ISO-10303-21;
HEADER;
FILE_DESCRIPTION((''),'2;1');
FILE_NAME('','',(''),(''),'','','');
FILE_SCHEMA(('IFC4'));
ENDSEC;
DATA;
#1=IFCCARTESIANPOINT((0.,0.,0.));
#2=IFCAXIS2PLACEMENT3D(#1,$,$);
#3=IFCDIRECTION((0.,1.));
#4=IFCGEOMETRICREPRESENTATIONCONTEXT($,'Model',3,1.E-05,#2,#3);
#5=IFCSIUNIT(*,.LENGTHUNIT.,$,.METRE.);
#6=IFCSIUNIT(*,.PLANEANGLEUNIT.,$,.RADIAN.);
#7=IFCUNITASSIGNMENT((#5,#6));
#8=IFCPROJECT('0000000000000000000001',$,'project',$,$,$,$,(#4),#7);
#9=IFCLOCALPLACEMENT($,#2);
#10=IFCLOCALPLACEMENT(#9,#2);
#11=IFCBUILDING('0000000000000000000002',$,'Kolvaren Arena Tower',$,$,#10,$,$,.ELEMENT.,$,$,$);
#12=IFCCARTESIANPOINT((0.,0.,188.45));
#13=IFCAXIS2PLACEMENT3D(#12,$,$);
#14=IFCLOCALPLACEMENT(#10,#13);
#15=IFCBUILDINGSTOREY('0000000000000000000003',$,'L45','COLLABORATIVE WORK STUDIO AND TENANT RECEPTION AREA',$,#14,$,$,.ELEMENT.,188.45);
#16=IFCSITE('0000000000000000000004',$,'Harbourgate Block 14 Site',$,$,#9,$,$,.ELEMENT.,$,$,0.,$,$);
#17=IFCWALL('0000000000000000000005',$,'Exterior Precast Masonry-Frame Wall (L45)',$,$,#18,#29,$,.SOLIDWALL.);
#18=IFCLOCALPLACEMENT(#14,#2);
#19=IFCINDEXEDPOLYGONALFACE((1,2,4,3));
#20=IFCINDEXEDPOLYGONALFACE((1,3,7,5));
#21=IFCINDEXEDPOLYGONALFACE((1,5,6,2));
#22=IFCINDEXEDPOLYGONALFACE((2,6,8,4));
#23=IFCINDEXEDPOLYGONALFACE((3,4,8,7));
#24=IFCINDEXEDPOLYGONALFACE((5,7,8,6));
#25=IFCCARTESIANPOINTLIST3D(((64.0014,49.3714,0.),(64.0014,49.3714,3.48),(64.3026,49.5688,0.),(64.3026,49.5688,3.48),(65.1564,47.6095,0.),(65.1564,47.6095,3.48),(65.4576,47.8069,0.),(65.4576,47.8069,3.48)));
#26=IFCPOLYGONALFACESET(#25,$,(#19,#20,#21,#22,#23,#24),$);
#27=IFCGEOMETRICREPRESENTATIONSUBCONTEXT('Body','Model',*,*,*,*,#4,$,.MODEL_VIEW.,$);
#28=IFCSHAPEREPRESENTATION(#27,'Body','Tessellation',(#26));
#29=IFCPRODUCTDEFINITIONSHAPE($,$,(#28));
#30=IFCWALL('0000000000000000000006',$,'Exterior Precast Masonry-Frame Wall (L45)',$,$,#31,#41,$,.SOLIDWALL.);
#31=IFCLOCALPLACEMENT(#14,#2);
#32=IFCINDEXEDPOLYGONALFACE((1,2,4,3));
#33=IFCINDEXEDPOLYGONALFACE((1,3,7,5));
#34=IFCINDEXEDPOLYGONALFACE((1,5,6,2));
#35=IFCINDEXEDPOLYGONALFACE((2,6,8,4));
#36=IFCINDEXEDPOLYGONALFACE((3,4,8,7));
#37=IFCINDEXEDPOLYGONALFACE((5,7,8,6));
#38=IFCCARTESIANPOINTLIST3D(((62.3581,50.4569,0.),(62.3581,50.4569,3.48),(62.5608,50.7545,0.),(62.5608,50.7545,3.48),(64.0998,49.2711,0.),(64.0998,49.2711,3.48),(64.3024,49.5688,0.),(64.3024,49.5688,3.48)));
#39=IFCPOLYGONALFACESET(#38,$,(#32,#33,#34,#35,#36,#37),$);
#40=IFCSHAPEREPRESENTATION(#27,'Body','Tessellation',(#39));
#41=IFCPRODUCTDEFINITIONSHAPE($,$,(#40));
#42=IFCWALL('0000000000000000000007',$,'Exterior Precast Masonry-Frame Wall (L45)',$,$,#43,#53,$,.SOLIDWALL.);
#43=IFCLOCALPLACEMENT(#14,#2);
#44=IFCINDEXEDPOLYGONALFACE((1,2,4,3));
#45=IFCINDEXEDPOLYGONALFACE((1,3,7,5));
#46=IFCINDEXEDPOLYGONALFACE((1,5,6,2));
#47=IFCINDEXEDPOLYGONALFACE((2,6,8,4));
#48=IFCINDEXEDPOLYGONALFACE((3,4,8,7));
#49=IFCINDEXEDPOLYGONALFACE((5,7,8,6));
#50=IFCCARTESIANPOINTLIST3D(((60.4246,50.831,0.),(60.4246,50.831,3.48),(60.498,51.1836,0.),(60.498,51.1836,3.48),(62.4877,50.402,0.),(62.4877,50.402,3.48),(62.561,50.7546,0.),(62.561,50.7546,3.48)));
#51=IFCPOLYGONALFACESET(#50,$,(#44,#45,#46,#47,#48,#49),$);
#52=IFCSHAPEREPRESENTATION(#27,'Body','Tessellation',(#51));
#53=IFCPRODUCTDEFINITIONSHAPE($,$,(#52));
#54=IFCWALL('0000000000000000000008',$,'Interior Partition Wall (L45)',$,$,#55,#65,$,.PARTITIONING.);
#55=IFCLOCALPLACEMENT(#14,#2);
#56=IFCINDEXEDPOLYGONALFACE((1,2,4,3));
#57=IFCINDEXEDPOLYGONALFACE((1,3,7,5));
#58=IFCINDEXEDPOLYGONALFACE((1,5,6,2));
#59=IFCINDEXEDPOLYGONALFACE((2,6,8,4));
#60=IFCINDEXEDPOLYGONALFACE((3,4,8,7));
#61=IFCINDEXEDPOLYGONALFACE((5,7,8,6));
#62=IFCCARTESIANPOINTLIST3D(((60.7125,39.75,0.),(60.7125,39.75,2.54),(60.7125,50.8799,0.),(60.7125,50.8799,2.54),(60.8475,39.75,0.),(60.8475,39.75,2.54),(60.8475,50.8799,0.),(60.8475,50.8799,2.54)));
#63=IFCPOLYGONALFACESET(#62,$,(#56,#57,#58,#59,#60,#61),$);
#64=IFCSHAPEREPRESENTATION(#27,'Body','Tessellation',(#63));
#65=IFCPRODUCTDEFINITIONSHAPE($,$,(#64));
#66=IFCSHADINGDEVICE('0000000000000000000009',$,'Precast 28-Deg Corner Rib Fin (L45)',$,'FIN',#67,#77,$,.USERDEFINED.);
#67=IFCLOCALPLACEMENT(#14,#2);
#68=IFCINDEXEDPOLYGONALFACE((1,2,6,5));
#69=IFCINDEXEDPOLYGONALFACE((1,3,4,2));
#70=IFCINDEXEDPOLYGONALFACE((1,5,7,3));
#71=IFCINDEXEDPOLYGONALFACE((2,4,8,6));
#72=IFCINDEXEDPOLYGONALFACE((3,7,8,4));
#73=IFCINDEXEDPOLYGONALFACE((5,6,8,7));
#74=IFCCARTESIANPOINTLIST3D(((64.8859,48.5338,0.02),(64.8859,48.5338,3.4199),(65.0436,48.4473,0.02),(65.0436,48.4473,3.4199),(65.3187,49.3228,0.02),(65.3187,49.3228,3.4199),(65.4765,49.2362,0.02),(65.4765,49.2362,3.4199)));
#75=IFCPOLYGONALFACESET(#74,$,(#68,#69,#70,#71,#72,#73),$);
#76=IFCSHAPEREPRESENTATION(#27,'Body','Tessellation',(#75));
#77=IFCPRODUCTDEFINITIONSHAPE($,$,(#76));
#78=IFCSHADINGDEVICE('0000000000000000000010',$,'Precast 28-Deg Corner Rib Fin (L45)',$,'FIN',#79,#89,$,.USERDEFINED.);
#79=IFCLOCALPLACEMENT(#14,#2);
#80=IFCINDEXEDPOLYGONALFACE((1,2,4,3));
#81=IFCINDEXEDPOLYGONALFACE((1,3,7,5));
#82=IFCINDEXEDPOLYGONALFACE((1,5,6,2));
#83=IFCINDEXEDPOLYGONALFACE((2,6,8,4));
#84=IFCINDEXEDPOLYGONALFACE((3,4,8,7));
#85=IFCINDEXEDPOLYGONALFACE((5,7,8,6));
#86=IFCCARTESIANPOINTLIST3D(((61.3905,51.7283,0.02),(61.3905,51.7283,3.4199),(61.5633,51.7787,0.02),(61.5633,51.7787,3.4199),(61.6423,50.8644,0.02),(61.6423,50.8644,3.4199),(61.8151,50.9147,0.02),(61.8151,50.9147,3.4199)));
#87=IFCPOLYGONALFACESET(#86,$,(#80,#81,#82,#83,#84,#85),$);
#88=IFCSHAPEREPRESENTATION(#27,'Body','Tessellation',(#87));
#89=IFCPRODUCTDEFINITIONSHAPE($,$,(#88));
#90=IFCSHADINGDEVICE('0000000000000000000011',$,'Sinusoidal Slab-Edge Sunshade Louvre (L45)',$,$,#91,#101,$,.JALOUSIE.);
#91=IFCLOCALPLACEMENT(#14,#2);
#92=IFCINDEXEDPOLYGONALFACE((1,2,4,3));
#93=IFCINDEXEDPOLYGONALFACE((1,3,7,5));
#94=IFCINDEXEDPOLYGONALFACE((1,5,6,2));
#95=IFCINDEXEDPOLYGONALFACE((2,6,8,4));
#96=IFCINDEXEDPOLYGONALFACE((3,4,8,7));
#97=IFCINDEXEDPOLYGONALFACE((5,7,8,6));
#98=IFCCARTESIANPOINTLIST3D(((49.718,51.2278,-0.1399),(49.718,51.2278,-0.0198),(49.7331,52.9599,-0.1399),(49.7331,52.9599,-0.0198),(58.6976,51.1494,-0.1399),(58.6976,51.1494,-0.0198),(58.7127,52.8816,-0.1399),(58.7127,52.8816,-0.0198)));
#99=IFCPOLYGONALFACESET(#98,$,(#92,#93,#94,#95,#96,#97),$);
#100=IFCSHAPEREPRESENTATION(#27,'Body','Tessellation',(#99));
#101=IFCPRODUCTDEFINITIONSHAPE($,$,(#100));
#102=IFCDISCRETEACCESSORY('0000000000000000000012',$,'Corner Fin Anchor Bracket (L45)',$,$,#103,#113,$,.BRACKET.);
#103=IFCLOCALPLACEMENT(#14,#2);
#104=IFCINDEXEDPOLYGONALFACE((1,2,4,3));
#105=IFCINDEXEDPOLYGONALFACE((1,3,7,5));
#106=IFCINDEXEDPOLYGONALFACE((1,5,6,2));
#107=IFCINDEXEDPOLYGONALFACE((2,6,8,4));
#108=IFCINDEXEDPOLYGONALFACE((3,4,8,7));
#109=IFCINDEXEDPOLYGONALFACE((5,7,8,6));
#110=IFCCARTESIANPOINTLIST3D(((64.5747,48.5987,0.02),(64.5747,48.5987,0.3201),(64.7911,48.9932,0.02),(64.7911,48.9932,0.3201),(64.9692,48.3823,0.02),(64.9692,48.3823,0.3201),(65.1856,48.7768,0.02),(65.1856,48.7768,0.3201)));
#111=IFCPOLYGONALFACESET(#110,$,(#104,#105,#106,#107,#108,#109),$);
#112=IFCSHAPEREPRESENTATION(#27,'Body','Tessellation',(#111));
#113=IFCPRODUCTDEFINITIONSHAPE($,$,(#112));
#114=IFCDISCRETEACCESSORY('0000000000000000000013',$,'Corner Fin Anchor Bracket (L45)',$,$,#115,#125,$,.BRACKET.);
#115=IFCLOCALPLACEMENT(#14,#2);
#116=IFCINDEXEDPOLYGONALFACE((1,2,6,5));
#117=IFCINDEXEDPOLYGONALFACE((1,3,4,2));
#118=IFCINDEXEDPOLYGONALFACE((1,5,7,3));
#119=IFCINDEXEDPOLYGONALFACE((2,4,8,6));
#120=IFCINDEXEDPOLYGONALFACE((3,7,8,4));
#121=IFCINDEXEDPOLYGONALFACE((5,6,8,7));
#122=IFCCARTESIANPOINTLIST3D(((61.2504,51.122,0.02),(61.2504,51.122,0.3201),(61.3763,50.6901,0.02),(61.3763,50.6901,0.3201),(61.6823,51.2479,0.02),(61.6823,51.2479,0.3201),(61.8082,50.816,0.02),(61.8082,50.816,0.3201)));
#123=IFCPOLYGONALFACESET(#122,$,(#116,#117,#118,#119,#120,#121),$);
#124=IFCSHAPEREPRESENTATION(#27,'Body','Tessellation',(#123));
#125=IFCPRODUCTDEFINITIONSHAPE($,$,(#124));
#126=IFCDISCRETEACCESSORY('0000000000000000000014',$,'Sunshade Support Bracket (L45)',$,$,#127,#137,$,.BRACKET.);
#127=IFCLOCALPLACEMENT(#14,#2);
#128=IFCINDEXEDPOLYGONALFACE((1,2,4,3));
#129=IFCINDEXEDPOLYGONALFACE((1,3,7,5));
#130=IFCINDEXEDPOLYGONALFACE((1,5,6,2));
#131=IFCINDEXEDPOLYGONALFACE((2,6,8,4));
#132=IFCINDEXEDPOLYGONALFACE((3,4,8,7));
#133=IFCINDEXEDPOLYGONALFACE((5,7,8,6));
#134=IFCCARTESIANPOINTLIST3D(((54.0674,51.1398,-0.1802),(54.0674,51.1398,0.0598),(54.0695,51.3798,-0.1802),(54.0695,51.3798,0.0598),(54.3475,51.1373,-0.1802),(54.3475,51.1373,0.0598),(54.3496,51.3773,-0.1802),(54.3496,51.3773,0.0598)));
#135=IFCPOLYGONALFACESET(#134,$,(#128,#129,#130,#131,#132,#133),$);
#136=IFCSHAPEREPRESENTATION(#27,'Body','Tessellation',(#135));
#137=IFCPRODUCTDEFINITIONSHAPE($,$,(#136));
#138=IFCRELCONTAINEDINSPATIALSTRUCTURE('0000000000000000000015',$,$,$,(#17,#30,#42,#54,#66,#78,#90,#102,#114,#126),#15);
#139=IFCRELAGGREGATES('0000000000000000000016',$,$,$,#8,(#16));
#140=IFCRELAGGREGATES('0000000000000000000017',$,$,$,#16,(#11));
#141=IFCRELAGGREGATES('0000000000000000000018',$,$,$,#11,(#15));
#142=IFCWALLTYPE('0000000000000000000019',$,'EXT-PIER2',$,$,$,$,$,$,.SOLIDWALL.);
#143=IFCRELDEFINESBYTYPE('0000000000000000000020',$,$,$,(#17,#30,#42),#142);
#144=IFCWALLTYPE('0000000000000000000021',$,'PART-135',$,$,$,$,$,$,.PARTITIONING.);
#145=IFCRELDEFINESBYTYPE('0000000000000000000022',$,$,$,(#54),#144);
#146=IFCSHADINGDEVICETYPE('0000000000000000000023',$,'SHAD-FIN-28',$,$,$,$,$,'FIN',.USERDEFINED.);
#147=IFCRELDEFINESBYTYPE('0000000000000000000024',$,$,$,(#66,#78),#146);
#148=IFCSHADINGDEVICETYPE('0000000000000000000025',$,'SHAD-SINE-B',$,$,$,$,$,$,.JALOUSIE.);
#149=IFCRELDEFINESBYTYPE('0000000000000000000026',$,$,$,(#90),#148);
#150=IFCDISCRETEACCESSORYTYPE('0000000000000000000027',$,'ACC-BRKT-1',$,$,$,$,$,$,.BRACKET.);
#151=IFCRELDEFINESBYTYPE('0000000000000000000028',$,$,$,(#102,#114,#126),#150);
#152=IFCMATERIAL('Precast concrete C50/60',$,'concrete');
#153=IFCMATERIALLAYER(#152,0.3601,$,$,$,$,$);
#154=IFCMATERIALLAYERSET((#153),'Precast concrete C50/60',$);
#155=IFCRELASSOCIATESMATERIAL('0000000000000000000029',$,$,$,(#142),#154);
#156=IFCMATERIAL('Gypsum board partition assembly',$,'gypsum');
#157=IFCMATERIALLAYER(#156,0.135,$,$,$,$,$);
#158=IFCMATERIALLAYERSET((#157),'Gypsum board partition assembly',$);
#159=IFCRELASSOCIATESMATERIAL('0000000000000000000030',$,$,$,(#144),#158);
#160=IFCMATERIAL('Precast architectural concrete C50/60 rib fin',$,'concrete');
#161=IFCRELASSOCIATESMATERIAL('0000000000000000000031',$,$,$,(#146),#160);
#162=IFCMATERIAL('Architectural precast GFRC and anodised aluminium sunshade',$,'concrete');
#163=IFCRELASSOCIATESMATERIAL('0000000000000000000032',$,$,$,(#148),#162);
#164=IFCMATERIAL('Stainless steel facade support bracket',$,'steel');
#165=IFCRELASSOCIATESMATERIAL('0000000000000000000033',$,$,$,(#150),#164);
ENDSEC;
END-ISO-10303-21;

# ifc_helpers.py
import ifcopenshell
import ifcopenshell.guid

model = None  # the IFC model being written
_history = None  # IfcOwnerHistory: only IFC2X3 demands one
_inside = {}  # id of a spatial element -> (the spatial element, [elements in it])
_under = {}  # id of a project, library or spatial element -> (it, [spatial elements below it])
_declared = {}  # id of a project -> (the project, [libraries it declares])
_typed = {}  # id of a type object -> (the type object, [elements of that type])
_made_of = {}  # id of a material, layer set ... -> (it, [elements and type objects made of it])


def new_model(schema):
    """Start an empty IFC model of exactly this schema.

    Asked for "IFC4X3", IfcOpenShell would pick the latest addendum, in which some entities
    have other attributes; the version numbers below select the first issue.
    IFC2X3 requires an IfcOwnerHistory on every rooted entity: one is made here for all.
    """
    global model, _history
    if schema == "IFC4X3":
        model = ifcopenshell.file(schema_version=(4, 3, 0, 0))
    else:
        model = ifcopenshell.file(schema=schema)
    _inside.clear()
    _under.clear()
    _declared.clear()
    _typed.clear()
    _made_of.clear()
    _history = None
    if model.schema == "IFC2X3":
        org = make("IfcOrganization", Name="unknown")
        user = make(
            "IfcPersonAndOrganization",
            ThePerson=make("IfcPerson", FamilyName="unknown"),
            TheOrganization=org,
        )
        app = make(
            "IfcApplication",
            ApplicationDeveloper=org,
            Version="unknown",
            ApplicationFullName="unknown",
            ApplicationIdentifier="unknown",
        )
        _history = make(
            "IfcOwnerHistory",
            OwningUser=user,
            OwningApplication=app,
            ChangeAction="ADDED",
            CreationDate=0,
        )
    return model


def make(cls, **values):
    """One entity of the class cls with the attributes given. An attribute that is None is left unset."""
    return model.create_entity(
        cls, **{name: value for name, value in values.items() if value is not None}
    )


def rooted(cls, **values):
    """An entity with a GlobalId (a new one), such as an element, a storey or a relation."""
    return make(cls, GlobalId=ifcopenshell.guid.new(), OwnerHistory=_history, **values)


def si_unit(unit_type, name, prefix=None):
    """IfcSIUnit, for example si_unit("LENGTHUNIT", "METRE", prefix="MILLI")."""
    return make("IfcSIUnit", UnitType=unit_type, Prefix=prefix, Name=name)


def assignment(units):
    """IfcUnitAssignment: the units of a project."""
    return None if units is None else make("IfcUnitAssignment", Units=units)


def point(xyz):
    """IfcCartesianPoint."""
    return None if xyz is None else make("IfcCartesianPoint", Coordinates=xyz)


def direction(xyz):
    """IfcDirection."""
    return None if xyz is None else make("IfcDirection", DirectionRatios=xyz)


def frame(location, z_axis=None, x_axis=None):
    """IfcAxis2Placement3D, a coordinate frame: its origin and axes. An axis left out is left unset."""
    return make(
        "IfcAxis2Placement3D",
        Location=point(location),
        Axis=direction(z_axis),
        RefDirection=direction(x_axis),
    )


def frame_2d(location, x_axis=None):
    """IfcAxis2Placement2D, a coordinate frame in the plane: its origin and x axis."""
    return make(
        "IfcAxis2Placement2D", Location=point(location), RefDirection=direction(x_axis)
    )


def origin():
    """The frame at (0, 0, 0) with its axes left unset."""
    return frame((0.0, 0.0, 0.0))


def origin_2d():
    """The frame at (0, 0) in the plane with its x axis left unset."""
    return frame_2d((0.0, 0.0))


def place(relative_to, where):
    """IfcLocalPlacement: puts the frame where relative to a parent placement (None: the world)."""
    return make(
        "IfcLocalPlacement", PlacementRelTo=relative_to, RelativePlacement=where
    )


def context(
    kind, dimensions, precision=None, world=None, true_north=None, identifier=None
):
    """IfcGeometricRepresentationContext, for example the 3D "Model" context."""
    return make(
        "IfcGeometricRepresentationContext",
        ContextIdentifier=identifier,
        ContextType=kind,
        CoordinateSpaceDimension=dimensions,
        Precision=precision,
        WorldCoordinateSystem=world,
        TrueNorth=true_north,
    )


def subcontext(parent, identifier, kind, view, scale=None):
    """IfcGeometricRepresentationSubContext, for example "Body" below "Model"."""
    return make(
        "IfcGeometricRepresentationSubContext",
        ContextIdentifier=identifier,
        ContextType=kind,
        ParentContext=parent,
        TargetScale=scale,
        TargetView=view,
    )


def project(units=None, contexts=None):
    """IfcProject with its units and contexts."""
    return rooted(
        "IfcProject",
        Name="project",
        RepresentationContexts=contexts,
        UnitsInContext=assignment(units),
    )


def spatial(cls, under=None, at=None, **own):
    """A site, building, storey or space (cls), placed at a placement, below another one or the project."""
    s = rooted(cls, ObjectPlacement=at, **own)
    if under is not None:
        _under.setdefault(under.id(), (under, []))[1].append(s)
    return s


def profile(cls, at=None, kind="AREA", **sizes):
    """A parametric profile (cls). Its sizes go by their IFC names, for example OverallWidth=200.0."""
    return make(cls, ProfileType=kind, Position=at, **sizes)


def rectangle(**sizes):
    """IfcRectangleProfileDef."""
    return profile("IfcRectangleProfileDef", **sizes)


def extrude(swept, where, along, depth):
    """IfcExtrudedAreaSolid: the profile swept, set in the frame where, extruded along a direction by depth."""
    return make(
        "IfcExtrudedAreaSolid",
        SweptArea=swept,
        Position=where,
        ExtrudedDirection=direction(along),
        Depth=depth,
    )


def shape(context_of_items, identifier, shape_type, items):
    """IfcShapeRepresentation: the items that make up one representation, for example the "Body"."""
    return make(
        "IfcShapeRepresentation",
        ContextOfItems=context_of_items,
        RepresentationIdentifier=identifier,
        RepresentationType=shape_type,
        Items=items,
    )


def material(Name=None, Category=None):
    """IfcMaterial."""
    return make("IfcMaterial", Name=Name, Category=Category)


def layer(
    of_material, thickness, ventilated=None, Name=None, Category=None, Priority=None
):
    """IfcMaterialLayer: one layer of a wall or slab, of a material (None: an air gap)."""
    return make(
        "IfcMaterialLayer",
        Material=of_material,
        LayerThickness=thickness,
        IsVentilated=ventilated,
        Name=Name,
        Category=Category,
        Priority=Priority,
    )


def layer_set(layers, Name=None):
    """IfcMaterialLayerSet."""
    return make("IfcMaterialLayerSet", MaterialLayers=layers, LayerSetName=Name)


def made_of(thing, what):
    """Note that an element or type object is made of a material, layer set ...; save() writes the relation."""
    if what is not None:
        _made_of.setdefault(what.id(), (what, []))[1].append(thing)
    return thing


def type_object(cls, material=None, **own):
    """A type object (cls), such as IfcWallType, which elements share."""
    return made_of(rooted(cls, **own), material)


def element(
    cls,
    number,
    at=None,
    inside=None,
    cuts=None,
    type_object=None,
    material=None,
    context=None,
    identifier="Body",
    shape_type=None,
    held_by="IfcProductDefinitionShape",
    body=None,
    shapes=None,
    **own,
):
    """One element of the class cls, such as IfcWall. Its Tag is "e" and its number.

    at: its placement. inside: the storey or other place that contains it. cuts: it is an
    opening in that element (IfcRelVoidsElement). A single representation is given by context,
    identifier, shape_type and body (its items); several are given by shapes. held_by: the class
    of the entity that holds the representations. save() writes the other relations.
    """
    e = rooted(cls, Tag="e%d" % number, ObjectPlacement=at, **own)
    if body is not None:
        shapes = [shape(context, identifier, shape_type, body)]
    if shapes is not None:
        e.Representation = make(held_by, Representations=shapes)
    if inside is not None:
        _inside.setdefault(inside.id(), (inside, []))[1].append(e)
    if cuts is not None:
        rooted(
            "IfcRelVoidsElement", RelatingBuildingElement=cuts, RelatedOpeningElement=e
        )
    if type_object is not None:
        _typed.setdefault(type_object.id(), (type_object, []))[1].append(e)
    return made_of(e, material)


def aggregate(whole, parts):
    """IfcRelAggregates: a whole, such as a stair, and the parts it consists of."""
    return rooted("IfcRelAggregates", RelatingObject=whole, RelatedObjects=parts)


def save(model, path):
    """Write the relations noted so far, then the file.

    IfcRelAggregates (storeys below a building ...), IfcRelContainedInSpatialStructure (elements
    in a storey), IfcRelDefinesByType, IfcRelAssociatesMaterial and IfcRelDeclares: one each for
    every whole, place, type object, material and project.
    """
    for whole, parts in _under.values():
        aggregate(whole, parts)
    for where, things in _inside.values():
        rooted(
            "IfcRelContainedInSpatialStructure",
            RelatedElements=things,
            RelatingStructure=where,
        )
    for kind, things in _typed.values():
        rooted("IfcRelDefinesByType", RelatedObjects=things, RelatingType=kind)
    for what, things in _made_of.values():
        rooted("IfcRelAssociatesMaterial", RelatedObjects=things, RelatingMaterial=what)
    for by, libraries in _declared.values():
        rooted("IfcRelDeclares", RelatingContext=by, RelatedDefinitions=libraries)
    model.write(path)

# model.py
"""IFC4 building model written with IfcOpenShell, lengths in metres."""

from ifc_helpers import new_model, si_unit, direction, frame, frame_2d, origin, origin_2d, place, context, subcontext, project, spatial, rectangle, extrude, material, layer, layer_set, type_object, element, save


model = new_model("IFC4")

# Units and contexts
model_context = context("Model", 3, precision=1e-05, world=origin(), true_north=direction((0.0, 1.0)))
body_context = subcontext(model_context, "Body", "Model", "MODEL_VIEW")
ifc_project = project(units=[si_unit("LENGTHUNIT", "METRE"), si_unit("PLANEANGLEUNIT", "RADIAN")], contexts=[model_context])

# Site, building, storey
site_placement = place(None, origin())
site = spatial("IfcSite", under=ifc_project, at=site_placement, Name="Harbourgate Block 14 Site", CompositionType="ELEMENT", RefElevation=0.0)
building_placement = place(site_placement, origin())
building = spatial("IfcBuilding", under=site, at=building_placement, Name="Kolvaren Arena Tower", CompositionType="ELEMENT")
storey_placement = place(building_placement, frame((0.0, 0.0, 188.45)))
storey = spatial("IfcBuildingStorey", under=building, at=storey_placement, Name="L45", Description="COLLABORATIVE WORK STUDIO AND TENANT RECEPTION AREA", CompositionType="ELEMENT", Elevation=188.45)

# Shared definitions
ifc_material_1 = material(Name="Precast concrete C50/60", Category="concrete")
ifc_layer_1 = layer(ifc_material_1, 0.3601)
ifc_layer_set_1 = layer_set([ifc_layer_1], Name="Precast concrete C50/60")
wall_type_1 = type_object("IfcWallType", Name="EXT-PIER2", PredefinedType="SOLIDWALL", material=ifc_layer_set_1)

# Walls
wall_1_placement = place(storey_placement, frame((64.1521, 49.47, 0.0), z_axis=(0.0, 0.0, 1.0), x_axis=(0.548239, -0.836322, 0.0)))
element("IfcWall", 1, at=wall_1_placement, inside=storey, type_object=wall_type_1, Name="Exterior Precast Masonry-Frame Wall (L45)", PredefinedType="SOLIDWALL", context=body_context, shape_type="SweptSolid", body=[
    extrude(rectangle(XDim=2.1067, YDim=0.3601, at=frame_2d((1.0532, 0.0))), origin(), (0.0, 0.0, 1.0), 3.48),
])
wall_2_placement = place(storey_placement, frame((62.4595, 50.6057, 0.0), z_axis=(0.0, 0.0, 1.0), x_axis=(0.82661, -0.562776, 0.0)))
element("IfcWall", 2, at=wall_2_placement, inside=storey, type_object=wall_type_1, Name="Exterior Precast Masonry-Frame Wall (L45)", PredefinedType="SOLIDWALL", context=body_context, shape_type="SweptSolid", body=[
    extrude(rectangle(XDim=2.1069, YDim=0.3601, at=frame_2d((1.0535, 0.0))), origin(), (0.0, 0.0, 1.0), 3.48),
])
wall_3_placement = place(storey_placement, frame((60.4612, 51.0073, 0.0), z_axis=(0.0, 0.0, 1.0), x_axis=(0.979059, -0.203575, 0.0)))
element("IfcWall", 3, at=wall_3_placement, inside=storey, type_object=wall_type_1, Name="Exterior Precast Masonry-Frame Wall (L45)", PredefinedType="SOLIDWALL", context=body_context, shape_type="SweptSolid", body=[
    extrude(rectangle(XDim=2.1072, YDim=0.3601, at=frame_2d((1.0537, 0.0))), origin(), (0.0, 0.0, 1.0), 3.48),
])
ifc_material_2 = material(Name="Gypsum board partition assembly", Category="gypsum")
ifc_layer_2 = layer(ifc_material_2, 0.135)
ifc_layer_set_2 = layer_set([ifc_layer_2], Name="Gypsum board partition assembly")
wall_type_2 = type_object("IfcWallType", Name="PART-135", PredefinedType="PARTITIONING", material=ifc_layer_set_2)
wall_4_placement = place(storey_placement, frame((60.78, 39.75, 0.0), z_axis=(0.0, 0.0, 1.0), x_axis=(0.0, 1.0, 0.0)))
element("IfcWall", 4, at=wall_4_placement, inside=storey, type_object=wall_type_2, Name="Interior Partition Wall (L45)", PredefinedType="PARTITIONING", context=body_context, shape_type="SweptSolid", body=[
    extrude(rectangle(XDim=11.1299, YDim=0.135, at=frame_2d((5.5649, 0.0))), origin(), (0.0, 0.0, 1.0), 2.54),
])

# Shading devices
ifc_material_3 = material(Name="Precast architectural concrete C50/60 rib fin", Category="concrete")
shading_device_type_1 = type_object("IfcShadingDeviceType", Name="SHAD-FIN-28", ElementType="FIN", PredefinedType="USERDEFINED", material=ifc_material_3)
for number, where, z_axis, x_axis, name in (
    (5, (65.1812, 48.885, 0.02), (0.0, 0.0, 1.0), (0.480995, 0.876723, 0.0), "Precast 28-Deg Corner Rib Fin (L45)"),
    (6, (61.6028, 51.3215, 0.02), (0.0, 0.0, 1.0), (-0.279812, 0.960055, 0.0), "Precast 28-Deg Corner Rib Fin (L45)"),
):
    element("IfcShadingDevice", number, at=place(storey_placement, frame(where, z_axis=z_axis, x_axis=x_axis)), inside=storey, type_object=shading_device_type_1, Name=name, ObjectType="FIN", PredefinedType="USERDEFINED", context=body_context, shape_type="SweptSolid", body=[
        extrude(rectangle(XDim=0.8999, YDim=0.1799, at=origin_2d()), origin(), (0.0, 0.0, 1.0), 3.3999),
    ])
ifc_material_4 = material(Name="Architectural precast GFRC and anodised aluminium sunshade", Category="concrete")
shading_device_type_2 = type_object("IfcShadingDeviceType", Name="SHAD-SINE-B", PredefinedType="JALOUSIE", material=ifc_material_4)
shading_device_placement = place(storey_placement, frame((54.2153, 52.0547, -0.1399), z_axis=(0.0, 0.0, 1.0), x_axis=(0.999962, -0.008727, 0.0)))
element("IfcShadingDevice", 7, at=shading_device_placement, inside=storey, type_object=shading_device_type_2, Name="Sinusoidal Slab-Edge Sunshade Louvre (L45)", PredefinedType="JALOUSIE", context=body_context, shape_type="SweptSolid", body=[
    extrude(rectangle(XDim=8.98, YDim=1.7322, at=origin_2d()), origin(), (0.0, 0.0, 1.0), 0.1201),
])

# Discrete accessories
ifc_material_5 = material(Name="Stainless steel facade support bracket", Category="steel")
discrete_accessory_type = type_object("IfcDiscreteAccessoryType", Name="ACC-BRKT-1", PredefinedType="BRACKET", material=ifc_material_5)
for number, where, z_axis, x_axis, name in (
    (8, (64.8801, 48.6877, 0.02), (0.0, 0.0, 1.0), (0.480995, 0.876723, 0.0), "Corner Fin Anchor Bracket (L45)"),
    (9, (61.5293, 50.969, 0.02), (0.0, 0.0, 1.0), (-0.279812, 0.960055, 0.0), "Corner Fin Anchor Bracket (L45)"),
):
    element("IfcDiscreteAccessory", number, at=place(storey_placement, frame(where, z_axis=z_axis, x_axis=x_axis)), inside=storey, type_object=discrete_accessory_type, Name=name, PredefinedType="BRACKET", context=body_context, shape_type="SweptSolid", body=[
        extrude(rectangle(XDim=0.45, YDim=0.45, at=origin_2d()), origin(), (0.0, 0.0, 1.0), 0.3),
    ])
discrete_accessory_placement = place(storey_placement, frame((54.2085, 51.2585, -0.1802), z_axis=(0.0, 0.0, 1.0), x_axis=(0.999962, -0.008727, 0.0)))
element("IfcDiscreteAccessory", 10, at=discrete_accessory_placement, inside=storey, type_object=discrete_accessory_type, Name="Sunshade Support Bracket (L45)", PredefinedType="BRACKET", context=body_context, shape_type="SweptSolid", body=[
    extrude(rectangle(XDim=0.28, YDim=0.24, at=origin_2d()), origin(), (0.0, 0.0, 1.0), 0.24),
])

save(model, "model.ifc")
